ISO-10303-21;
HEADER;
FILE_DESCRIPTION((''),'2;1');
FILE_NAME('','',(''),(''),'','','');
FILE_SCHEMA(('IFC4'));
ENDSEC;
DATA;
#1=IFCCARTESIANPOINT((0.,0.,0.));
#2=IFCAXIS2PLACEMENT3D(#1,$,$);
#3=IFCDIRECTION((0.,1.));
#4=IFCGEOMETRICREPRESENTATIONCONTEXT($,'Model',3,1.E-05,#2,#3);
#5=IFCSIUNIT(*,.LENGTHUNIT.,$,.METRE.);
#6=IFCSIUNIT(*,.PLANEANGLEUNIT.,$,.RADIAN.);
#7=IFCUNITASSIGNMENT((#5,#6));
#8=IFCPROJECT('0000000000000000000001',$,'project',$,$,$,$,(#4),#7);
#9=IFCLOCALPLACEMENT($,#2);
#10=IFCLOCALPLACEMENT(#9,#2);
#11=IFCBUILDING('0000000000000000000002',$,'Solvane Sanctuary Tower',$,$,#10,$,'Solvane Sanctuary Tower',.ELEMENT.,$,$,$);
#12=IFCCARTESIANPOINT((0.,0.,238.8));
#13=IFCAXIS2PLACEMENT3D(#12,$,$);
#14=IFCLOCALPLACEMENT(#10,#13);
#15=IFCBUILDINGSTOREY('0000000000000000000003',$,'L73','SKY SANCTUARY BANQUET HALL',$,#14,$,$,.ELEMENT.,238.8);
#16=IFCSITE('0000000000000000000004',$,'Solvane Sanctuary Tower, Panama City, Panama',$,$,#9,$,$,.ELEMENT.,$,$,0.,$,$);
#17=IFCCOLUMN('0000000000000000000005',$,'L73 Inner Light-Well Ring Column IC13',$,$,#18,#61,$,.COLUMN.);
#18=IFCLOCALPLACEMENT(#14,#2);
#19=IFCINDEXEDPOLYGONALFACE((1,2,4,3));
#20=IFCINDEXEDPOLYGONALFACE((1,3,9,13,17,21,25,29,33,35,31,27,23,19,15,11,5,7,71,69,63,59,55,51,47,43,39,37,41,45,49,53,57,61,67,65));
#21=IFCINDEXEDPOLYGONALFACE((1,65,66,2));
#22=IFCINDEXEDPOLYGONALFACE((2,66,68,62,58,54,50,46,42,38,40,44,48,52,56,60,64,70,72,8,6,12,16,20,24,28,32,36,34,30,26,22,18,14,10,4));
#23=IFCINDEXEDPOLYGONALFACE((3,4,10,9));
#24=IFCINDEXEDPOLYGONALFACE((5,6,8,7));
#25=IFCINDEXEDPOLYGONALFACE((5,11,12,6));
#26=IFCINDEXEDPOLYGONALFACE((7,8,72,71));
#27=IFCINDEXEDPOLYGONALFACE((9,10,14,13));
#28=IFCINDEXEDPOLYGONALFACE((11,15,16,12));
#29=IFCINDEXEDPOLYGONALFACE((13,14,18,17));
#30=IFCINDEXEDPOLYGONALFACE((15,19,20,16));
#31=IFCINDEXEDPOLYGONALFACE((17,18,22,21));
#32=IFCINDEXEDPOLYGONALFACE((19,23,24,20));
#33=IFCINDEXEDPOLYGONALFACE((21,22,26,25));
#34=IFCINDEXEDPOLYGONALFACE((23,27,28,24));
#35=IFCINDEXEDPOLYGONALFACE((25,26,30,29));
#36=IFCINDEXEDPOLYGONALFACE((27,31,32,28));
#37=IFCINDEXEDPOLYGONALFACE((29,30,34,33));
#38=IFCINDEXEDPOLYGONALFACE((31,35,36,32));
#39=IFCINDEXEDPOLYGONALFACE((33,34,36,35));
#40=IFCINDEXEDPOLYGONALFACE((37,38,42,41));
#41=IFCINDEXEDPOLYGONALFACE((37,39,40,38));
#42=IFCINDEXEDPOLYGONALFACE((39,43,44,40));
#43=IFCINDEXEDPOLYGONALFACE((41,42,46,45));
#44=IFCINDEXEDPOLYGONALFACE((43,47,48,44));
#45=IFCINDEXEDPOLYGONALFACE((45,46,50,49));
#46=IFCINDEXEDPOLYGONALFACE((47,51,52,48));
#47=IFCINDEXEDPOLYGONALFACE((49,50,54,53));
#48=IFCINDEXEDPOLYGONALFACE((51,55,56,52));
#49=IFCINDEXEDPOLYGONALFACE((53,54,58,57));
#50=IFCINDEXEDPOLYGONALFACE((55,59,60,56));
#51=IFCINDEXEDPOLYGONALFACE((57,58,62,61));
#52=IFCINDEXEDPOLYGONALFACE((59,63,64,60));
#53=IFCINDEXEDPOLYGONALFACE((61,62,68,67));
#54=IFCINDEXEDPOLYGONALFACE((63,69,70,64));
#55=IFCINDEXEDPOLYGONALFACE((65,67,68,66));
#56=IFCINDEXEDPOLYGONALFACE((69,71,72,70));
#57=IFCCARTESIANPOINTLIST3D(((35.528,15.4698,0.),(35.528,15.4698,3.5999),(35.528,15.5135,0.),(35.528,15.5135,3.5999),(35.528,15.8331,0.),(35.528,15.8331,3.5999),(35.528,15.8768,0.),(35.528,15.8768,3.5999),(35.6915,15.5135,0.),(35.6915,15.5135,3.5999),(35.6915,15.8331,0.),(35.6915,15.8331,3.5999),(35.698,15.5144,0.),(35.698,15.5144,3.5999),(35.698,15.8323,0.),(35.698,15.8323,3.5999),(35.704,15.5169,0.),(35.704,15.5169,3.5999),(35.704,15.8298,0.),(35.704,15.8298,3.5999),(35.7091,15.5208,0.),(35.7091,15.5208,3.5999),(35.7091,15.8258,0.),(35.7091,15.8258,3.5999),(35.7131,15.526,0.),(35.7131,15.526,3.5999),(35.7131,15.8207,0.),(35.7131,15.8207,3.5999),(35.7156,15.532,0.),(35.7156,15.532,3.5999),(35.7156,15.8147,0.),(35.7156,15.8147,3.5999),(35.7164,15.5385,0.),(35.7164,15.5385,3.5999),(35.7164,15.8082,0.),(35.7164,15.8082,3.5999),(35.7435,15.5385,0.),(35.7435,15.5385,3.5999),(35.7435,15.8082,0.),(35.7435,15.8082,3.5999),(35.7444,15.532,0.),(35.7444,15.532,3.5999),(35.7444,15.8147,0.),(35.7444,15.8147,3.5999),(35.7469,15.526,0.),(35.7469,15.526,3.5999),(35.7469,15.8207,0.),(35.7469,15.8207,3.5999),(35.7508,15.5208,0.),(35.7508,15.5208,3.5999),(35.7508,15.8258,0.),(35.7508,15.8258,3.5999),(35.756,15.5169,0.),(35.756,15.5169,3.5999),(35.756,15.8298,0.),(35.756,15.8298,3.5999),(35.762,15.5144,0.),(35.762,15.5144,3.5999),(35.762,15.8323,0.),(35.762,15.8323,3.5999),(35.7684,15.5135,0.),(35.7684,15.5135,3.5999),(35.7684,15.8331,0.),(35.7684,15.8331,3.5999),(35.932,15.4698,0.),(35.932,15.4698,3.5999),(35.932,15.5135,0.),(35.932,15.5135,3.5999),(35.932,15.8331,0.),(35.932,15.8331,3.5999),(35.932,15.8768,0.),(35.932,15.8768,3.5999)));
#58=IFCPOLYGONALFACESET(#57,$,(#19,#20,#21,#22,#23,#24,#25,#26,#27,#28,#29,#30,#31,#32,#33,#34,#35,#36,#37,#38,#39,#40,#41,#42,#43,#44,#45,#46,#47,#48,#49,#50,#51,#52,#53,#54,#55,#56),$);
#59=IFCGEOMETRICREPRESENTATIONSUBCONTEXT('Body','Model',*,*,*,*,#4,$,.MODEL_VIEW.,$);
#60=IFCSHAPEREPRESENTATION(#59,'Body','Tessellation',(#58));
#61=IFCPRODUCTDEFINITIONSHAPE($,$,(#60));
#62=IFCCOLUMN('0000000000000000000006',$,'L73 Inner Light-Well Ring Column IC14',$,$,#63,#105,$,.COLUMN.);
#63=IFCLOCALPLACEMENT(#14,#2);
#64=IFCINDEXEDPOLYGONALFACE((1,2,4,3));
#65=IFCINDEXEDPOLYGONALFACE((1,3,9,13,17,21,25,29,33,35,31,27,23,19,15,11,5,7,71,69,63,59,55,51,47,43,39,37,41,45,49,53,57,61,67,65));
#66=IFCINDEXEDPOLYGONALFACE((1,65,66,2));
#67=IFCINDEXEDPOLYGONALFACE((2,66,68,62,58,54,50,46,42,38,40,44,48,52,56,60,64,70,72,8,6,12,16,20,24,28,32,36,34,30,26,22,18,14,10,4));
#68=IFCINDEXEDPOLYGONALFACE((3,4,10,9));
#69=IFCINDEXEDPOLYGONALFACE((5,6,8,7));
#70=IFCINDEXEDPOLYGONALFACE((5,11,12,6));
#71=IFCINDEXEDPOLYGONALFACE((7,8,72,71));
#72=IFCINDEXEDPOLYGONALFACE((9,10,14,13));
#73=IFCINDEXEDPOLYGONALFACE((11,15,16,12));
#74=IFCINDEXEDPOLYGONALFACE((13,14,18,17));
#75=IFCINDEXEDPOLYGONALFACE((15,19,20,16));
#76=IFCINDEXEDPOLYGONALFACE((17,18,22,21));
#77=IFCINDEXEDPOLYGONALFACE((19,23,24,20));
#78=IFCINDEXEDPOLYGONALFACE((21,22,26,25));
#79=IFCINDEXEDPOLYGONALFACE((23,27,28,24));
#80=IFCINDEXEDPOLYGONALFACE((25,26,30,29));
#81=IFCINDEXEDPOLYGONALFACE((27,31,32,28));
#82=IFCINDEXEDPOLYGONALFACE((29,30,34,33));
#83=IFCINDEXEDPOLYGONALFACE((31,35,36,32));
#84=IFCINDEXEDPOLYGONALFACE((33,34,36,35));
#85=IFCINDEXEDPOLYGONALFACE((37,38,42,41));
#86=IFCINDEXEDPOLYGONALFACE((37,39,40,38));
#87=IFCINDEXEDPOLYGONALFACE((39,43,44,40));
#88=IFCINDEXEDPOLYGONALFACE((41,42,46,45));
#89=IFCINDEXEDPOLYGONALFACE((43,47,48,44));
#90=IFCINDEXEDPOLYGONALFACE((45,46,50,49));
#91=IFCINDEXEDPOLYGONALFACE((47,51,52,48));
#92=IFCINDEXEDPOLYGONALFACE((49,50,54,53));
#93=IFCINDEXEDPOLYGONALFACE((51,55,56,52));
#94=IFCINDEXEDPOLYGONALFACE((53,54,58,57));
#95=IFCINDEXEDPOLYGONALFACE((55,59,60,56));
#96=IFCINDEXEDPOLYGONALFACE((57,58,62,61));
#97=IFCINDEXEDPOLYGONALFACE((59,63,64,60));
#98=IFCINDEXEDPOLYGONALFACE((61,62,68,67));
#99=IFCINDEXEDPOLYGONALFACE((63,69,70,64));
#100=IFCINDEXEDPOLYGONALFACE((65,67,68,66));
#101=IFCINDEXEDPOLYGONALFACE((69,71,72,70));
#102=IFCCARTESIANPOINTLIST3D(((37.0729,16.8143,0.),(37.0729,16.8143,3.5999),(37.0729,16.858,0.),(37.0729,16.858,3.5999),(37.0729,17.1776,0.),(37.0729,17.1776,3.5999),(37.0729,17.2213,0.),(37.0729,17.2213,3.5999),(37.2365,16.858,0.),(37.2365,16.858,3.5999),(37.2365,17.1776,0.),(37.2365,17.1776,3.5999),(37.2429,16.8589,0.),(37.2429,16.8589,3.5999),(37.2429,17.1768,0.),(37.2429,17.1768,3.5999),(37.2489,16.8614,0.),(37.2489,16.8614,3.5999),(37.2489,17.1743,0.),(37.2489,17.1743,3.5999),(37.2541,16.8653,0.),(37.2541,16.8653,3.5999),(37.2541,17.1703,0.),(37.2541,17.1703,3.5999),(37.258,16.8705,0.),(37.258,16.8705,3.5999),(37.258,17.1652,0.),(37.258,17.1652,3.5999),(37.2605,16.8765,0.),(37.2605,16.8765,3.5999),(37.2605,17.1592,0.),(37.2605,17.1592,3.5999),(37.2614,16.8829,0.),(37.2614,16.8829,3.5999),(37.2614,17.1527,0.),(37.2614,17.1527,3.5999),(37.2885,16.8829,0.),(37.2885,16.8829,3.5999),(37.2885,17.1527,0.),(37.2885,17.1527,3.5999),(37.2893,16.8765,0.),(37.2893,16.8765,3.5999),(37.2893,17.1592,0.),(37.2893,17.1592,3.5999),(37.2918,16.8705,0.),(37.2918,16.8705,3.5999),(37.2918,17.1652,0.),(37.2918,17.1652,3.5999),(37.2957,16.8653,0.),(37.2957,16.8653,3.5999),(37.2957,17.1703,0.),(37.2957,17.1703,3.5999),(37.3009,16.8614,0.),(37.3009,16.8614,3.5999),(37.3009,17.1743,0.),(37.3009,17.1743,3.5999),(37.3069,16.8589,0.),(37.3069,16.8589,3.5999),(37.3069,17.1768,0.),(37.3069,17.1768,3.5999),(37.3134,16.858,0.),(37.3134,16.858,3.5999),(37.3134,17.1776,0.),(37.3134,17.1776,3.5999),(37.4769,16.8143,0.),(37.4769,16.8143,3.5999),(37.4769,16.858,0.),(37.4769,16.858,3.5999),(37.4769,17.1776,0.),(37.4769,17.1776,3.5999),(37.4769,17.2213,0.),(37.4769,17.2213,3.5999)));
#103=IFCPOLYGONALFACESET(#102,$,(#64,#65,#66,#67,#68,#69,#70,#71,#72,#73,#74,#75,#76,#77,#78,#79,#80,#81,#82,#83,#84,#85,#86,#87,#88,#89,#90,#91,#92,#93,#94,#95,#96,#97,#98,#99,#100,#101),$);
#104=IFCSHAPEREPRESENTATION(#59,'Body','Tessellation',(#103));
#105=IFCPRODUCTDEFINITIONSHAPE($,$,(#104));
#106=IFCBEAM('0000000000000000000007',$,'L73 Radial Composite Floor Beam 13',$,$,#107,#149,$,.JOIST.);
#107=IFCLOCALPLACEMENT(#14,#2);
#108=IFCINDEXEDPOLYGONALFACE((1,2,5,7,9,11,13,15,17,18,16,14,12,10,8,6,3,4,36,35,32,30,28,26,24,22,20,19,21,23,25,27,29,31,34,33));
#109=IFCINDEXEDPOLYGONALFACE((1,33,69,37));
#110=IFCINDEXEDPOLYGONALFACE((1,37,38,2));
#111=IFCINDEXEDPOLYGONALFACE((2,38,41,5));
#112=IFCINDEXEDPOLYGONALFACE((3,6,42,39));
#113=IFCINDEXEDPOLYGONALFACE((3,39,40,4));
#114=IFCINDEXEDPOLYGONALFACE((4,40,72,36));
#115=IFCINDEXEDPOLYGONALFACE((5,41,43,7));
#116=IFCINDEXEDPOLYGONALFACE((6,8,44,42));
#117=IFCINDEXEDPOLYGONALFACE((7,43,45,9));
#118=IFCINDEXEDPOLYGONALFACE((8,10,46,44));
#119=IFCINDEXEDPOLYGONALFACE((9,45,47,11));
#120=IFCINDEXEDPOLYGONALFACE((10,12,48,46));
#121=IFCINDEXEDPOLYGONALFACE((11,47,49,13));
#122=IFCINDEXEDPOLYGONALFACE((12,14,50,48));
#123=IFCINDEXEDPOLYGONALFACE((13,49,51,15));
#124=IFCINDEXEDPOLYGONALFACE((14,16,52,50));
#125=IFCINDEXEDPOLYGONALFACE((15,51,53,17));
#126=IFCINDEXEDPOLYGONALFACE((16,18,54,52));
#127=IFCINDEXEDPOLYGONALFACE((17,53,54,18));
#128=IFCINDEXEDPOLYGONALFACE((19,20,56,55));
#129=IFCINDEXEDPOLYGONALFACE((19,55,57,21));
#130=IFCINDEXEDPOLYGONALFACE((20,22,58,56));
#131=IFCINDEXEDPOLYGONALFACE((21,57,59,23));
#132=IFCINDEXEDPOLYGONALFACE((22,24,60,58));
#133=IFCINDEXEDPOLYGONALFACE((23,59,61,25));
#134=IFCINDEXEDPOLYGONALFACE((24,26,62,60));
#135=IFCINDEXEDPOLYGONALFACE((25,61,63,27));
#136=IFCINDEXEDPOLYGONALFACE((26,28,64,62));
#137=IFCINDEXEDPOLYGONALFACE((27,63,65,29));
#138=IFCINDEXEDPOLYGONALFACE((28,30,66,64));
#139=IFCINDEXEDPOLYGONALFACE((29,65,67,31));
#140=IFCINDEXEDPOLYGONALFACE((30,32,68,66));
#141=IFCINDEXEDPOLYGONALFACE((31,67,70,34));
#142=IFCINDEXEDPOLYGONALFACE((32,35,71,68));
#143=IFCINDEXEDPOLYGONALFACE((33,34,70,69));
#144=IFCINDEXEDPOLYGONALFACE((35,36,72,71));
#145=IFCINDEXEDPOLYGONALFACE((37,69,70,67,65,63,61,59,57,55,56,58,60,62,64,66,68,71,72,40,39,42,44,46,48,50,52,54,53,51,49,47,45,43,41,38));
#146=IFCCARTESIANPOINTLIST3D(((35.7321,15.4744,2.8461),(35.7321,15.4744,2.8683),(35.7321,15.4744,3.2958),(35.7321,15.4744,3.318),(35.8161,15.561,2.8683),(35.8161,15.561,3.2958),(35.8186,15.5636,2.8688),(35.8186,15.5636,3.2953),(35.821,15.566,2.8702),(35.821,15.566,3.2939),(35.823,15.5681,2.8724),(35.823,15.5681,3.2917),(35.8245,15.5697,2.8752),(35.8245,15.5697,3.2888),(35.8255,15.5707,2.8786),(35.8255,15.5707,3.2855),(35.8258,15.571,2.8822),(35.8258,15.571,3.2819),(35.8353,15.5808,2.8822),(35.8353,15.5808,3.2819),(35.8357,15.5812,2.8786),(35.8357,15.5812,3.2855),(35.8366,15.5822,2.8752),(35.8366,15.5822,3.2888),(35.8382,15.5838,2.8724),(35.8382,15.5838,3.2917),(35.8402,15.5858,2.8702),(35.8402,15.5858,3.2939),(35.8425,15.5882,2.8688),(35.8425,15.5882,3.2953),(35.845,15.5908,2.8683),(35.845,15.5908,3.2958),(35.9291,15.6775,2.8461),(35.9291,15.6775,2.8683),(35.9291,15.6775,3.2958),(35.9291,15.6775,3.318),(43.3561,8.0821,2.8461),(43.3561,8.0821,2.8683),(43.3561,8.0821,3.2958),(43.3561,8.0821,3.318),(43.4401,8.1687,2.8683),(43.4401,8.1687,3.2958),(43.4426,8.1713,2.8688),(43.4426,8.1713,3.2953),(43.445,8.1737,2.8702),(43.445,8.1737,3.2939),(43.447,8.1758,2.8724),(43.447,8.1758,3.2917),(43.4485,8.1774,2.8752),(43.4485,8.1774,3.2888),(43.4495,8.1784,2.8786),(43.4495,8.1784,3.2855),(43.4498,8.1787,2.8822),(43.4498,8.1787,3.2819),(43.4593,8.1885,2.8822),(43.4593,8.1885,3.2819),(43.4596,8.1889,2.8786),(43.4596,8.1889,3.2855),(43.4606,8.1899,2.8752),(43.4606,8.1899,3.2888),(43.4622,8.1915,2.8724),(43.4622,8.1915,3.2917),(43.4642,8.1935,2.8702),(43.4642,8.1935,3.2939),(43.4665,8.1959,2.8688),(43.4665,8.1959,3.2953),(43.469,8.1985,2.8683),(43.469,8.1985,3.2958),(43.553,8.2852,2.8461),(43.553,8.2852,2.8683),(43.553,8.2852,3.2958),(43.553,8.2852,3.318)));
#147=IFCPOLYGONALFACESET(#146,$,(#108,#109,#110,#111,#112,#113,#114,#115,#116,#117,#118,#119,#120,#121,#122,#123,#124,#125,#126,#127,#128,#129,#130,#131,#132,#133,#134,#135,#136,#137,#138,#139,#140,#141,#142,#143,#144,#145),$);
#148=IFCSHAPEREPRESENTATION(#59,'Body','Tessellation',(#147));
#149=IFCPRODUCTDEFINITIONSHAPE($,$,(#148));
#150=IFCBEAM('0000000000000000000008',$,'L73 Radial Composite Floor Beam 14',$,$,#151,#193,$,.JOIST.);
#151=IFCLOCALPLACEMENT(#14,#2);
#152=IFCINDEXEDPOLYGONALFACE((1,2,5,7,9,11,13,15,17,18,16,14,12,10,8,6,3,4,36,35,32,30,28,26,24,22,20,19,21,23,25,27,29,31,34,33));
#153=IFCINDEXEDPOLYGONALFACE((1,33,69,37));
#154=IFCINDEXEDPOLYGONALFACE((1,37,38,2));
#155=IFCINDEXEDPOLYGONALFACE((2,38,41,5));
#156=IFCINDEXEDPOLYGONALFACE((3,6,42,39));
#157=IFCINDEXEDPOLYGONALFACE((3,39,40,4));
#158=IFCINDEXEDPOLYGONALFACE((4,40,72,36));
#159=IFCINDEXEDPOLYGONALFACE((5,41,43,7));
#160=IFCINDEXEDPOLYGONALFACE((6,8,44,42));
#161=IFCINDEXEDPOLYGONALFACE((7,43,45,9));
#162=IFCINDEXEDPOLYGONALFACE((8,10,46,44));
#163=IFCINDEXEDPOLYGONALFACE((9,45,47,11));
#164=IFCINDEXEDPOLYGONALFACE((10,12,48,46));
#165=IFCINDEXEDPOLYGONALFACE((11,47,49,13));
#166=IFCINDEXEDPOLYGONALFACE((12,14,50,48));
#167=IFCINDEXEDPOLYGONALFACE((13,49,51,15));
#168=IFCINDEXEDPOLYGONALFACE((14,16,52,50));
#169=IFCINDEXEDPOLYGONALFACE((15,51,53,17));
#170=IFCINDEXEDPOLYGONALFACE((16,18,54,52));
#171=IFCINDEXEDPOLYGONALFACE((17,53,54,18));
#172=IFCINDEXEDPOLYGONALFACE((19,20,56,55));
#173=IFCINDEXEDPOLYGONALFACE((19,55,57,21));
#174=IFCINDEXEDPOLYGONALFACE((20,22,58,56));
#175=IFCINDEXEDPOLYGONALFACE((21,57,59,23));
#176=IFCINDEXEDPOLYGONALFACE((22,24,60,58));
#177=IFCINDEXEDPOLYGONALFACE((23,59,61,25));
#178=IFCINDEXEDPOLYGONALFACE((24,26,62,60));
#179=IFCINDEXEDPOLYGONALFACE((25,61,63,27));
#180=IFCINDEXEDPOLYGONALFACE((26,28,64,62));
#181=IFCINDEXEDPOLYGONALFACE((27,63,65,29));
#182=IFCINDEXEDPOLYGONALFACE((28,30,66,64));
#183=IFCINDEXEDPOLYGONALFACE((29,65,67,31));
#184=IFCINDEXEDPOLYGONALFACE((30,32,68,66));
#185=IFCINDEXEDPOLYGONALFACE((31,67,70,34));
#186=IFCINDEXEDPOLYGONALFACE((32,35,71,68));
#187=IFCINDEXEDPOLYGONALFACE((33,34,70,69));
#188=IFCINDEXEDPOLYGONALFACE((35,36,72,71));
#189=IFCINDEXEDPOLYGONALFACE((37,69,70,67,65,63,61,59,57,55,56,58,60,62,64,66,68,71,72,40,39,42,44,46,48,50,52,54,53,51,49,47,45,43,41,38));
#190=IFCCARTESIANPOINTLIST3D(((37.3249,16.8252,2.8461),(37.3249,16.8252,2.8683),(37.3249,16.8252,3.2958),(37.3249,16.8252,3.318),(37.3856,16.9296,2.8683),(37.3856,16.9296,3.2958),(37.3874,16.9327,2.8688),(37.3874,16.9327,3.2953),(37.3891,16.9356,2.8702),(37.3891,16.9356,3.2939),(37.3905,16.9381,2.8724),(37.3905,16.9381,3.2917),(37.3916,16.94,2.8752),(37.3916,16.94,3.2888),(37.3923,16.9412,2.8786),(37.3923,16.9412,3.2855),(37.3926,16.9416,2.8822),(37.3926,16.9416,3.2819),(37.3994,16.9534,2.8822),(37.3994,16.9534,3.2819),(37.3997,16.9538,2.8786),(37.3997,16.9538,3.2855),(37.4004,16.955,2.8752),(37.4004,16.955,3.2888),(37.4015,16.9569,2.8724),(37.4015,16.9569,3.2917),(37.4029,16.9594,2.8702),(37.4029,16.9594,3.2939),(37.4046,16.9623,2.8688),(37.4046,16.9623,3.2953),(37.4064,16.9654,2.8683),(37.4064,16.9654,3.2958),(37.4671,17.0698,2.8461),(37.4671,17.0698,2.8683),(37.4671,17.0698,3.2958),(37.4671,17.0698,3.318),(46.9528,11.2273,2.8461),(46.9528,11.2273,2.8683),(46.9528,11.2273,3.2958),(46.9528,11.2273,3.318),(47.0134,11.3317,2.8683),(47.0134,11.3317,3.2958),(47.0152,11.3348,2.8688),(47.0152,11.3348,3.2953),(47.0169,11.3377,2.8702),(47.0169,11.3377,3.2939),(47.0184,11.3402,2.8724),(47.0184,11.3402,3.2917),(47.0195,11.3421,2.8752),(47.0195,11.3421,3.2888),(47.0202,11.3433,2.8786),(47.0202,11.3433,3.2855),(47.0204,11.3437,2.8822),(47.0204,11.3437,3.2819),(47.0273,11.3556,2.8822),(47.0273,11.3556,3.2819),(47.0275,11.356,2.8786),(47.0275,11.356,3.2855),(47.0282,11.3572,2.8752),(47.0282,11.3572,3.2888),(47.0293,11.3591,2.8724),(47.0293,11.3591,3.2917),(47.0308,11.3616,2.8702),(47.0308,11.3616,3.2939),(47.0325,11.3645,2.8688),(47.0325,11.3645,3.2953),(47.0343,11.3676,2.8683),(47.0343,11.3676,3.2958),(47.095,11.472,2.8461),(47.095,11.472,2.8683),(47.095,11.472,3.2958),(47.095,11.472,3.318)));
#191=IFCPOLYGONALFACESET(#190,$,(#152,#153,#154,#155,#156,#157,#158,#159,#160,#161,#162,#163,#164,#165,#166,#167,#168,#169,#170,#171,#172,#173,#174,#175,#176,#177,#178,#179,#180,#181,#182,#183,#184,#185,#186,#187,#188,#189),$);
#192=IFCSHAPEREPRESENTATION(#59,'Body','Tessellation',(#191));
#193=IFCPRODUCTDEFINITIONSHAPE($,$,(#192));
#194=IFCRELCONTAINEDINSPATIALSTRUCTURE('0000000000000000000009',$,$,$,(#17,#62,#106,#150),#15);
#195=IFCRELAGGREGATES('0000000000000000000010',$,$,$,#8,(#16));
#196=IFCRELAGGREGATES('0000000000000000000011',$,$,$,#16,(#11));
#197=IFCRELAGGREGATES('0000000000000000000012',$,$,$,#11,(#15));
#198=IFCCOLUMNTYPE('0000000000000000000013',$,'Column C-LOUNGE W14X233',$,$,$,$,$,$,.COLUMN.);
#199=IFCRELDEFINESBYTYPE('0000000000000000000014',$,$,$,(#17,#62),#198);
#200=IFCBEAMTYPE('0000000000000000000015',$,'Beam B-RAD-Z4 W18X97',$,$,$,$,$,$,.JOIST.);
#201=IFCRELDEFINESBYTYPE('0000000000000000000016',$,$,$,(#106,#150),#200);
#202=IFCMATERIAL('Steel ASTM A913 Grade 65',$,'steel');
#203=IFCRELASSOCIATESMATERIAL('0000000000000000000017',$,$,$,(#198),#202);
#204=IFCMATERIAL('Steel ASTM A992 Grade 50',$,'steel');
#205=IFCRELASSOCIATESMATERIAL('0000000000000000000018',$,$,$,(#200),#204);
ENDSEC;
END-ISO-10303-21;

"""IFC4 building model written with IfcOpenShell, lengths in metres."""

from ifc_helpers import new_model, si_unit, direction, frame, origin, origin_2d, place, context, subcontext, project, spatial, i_section, extrude, material, material_profile, profile_set, type_object, element, save


model = new_model("IFC4")

# Units and contexts
model_context = context("Model", 3, precision=1e-05, world=origin(), true_north=direction((0.0, 1.0)))
body_context = subcontext(model_context, "Body", "Model", "MODEL_VIEW")
ifc_project = project(units=[si_unit("LENGTHUNIT", "METRE"), si_unit("PLANEANGLEUNIT", "RADIAN")], contexts=[model_context])

# Site, building, storey
site_placement = place(None, origin())
site = spatial("IfcSite", under=ifc_project, at=site_placement, Name="Solvane Sanctuary Tower, Panama City, Panama", CompositionType="ELEMENT", RefElevation=0.0)
building_placement = place(site_placement, origin())
building = spatial("IfcBuilding", under=site, at=building_placement, Name="Solvane Sanctuary Tower", LongName="Solvane Sanctuary Tower", CompositionType="ELEMENT")
storey_placement = place(building_placement, frame((0.0, 0.0, 238.8)))
storey = spatial("IfcBuildingStorey", under=building, at=storey_placement, Name="L73", Description="SKY SANCTUARY BANQUET HALL", CompositionType="ELEMENT", Elevation=238.8)

# Columns
ifc_material_1 = material(Name="Steel ASTM A913 Grade 65", Category="steel")
ifc_material_profile_1 = material_profile(ifc_material_1, i_section(OverallWidth=0.4041, OverallDepth=0.407, WebThickness=0.0271, FlangeThickness=0.0437, FilletRadius=0.0249, at=origin_2d()), Name="W14X233")
ifc_profile_set_1 = profile_set([ifc_material_profile_1], Name="Steel ASTM A913 Grade 65")
column_type = type_object("IfcColumnType", Name="Column C-LOUNGE W14X233", PredefinedType="COLUMN", material=ifc_profile_set_1)
for number, where, z_axis, x_axis, name in (
    (1, (35.73, 15.6733, 0.0), (0.0, 0.0, 1.0), (1.0, 0.0, 0.0), "L73 Inner Light-Well Ring Column IC13"),
    (2, (37.2749, 17.0178, 0.0), (0.0, 0.0, 1.0), (1.0, 0.0, 0.0), "L73 Inner Light-Well Ring Column IC14"),
):
    element("IfcColumn", number, at=place(storey_placement, frame(where, z_axis=z_axis, x_axis=x_axis)), inside=storey, type_object=column_type, Name=name, PredefinedType="COLUMN", context=body_context, shape_type="SweptSolid", body=[
        extrude(i_section(OverallWidth=0.4041, OverallDepth=0.407, WebThickness=0.0271, FlangeThickness=0.0437, FilletRadius=0.0249, at=origin_2d()), origin(), (0.0, 0.0, 1.0), 3.5999),
    ])

# Beams
ifc_material_2 = material(Name="Steel ASTM A992 Grade 50", Category="steel")
ifc_material_profile_2 = material_profile(ifc_material_2, i_section(OverallWidth=0.283, OverallDepth=0.4719, WebThickness=0.0137, FlangeThickness=0.0222, FilletRadius=0.0139, at=origin_2d()), Name="W18X97")
ifc_profile_set_2 = profile_set([ifc_material_profile_2], Name="Steel ASTM A992 Grade 50")
beam_type_1 = type_object("IfcBeamType", Name="Beam B-RAD-Z4 W18X97", PredefinedType="JOIST", material=ifc_profile_set_2)
beam_1_placement = place(storey_placement, frame((35.8306, 15.5759, 3.082), z_axis=(0.717931, -0.696114, 0.0), x_axis=(0.696114, 0.717931, 0.0)))
element("IfcBeam", 3, at=beam_1_placement, inside=storey, type_object=beam_type_1, Name="L73 Radial Composite Floor Beam 13", PredefinedType="JOIST", context=body_context, shape_type="SweptSolid", body=[
    extrude(i_section(OverallWidth=0.283, OverallDepth=0.4719, WebThickness=0.0137, FlangeThickness=0.0222, FilletRadius=0.0139, at=origin_2d()), origin(), (0.0, 0.0, 1.0), 10.6194),
])
beam_2_placement = place(storey_placement, frame((37.396, 16.9475, 3.082), z_axis=(0.864497, -0.502638, 0.0), x_axis=(0.502638, 0.864497, 0.0)))
element("IfcBeam", 4, at=beam_2_placement, inside=storey, type_object=beam_type_1, Name="L73 Radial Composite Floor Beam 14", PredefinedType="JOIST", context=body_context, shape_type="SweptSolid", body=[
    extrude(i_section(OverallWidth=0.283, OverallDepth=0.4719, WebThickness=0.0137, FlangeThickness=0.0222, FilletRadius=0.0139, at=origin_2d()), origin(), (0.0, 0.0, 1.0), 11.137),
])

save(model, "model.ifc")
